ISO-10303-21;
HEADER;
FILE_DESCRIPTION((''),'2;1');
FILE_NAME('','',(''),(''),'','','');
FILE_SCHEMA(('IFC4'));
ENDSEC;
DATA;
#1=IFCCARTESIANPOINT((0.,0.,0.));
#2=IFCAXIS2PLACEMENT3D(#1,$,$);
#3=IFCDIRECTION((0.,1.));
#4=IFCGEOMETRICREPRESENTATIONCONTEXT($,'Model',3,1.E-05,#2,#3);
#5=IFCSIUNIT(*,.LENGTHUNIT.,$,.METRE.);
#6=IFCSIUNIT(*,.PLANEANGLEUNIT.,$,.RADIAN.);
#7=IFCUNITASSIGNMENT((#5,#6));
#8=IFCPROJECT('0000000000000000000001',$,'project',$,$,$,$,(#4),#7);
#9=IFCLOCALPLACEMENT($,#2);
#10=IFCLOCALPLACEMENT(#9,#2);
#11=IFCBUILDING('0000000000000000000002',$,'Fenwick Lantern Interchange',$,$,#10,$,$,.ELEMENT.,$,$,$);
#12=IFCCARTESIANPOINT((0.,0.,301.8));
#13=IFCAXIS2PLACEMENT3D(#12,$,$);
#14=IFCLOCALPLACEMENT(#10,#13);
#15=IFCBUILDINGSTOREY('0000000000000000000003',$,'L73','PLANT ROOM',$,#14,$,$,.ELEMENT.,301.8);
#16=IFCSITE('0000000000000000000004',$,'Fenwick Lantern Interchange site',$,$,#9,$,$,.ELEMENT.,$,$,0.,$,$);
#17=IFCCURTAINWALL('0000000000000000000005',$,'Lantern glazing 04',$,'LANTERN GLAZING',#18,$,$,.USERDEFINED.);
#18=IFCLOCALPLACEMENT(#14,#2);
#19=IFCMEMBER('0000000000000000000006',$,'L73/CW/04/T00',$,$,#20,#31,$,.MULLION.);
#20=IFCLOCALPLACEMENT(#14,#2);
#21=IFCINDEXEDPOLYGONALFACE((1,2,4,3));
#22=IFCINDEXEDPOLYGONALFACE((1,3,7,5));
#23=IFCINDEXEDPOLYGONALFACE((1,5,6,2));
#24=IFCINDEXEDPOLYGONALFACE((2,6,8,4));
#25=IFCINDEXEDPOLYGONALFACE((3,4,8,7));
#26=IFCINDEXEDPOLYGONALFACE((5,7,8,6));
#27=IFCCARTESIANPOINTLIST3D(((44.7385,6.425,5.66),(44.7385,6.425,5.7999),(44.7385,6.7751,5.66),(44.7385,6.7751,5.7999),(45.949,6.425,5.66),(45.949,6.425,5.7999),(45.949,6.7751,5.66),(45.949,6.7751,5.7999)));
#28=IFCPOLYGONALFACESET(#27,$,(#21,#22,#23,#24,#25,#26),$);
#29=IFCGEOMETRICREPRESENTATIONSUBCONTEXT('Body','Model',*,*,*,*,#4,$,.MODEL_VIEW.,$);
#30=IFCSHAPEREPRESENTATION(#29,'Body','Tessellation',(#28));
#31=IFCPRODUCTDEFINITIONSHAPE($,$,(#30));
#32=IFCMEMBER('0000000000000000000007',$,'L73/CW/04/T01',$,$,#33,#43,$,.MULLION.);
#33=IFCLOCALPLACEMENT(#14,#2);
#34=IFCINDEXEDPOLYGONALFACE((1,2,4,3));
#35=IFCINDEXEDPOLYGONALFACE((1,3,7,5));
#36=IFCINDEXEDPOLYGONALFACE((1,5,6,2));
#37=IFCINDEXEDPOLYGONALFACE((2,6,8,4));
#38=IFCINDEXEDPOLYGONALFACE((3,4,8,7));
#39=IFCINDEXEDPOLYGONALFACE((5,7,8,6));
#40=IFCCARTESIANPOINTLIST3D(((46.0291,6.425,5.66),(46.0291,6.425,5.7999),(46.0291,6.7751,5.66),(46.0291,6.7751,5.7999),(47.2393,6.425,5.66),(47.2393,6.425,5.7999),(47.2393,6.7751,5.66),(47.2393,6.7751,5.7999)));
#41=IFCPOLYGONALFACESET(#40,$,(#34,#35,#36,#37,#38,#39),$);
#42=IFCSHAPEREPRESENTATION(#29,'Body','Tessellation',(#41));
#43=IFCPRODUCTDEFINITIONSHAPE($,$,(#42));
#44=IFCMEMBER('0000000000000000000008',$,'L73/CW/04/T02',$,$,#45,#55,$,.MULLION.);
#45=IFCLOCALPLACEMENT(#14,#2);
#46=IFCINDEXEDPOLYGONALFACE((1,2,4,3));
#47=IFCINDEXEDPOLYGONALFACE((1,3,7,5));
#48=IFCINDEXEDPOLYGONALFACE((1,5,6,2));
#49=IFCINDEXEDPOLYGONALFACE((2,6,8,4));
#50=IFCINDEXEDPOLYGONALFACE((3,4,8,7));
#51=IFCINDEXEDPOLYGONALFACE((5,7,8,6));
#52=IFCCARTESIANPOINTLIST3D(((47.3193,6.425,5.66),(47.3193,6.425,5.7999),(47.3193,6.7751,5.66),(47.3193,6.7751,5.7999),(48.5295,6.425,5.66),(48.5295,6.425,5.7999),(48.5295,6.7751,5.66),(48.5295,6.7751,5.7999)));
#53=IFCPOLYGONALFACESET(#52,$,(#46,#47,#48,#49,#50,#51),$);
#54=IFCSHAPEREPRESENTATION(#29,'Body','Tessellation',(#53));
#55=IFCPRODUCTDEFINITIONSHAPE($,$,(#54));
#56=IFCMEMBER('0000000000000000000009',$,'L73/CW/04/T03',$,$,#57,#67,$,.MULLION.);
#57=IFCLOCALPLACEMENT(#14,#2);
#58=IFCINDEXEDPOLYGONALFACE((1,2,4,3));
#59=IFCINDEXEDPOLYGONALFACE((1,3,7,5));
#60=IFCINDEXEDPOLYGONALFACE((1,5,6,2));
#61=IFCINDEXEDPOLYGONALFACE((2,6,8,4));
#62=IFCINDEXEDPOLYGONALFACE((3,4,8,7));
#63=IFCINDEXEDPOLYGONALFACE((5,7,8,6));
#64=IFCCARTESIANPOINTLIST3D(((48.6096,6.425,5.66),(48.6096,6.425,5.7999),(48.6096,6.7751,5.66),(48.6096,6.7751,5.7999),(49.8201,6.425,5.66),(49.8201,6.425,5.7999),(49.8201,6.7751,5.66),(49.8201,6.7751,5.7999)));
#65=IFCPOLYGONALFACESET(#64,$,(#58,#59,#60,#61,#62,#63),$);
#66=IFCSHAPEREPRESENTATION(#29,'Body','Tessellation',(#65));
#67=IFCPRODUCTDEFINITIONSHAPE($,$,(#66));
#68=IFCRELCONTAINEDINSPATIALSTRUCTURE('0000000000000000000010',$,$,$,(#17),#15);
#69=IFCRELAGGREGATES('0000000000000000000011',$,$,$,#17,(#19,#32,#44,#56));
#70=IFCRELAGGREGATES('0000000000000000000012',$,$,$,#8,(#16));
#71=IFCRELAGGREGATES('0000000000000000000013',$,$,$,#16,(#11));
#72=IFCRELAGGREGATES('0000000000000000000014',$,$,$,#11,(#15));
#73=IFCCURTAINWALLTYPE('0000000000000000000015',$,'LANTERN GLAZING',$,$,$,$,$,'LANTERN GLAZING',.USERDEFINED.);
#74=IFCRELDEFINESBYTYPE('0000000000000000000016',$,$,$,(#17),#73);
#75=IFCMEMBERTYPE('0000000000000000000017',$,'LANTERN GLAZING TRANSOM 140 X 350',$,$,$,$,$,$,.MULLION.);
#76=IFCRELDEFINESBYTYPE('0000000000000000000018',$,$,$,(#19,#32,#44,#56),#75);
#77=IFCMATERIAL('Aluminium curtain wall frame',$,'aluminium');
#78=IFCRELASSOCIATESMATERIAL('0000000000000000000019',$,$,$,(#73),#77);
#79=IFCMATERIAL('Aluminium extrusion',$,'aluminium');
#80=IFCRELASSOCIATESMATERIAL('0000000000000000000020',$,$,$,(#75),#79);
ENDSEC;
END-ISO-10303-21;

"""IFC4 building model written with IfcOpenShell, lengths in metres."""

from ifc_helpers import new_model, si_unit, direction, frame, origin, origin_2d, place, context, subcontext, project, spatial, rectangle, extrude, material, material_profile, profile_set, type_object, element, aggregate, save


model = new_model("IFC4")

# Units and contexts
model_context = context("Model", 3, precision=1e-05, world=origin(), true_north=direction((0.0, 1.0)))
body_context = subcontext(model_context, "Body", "Model", "MODEL_VIEW")
ifc_project = project(units=[si_unit("LENGTHUNIT", "METRE"), si_unit("PLANEANGLEUNIT", "RADIAN")], contexts=[model_context])

# Site, building, storey
site_placement = place(None, origin())
site = spatial("IfcSite", under=ifc_project, at=site_placement, Name="Fenwick Lantern Interchange site", CompositionType="ELEMENT", RefElevation=0.0)
building_placement = place(site_placement, origin())
building = spatial("IfcBuilding", under=site, at=building_placement, Name="Fenwick Lantern Interchange", CompositionType="ELEMENT")
storey_placement = place(building_placement, frame((0.0, 0.0, 301.8)))
storey = spatial("IfcBuildingStorey", under=building, at=storey_placement, Name="L73", Description="PLANT ROOM", CompositionType="ELEMENT", Elevation=301.8)

# Curtain wall, members
ifc_material_1 = material(Name="Aluminium curtain wall frame", Category="aluminium")
curtain_wall_type = type_object("IfcCurtainWallType", Name="LANTERN GLAZING", ElementType="LANTERN GLAZING", PredefinedType="USERDEFINED", material=ifc_material_1)
curtain_wall_1_placement = place(storey_placement, origin())
curtain_wall_1 = element("IfcCurtainWall", 1, at=curtain_wall_1_placement, inside=storey, type_object=curtain_wall_type, Name="Lantern glazing 04", ObjectType="LANTERN GLAZING", PredefinedType="USERDEFINED")
ifc_material_2 = material(Name="Aluminium extrusion", Category="aluminium")
ifc_material_profile = material_profile(ifc_material_2, rectangle(XDim=0.3501, YDim=0.1399, at=origin_2d()), Name="LANTERN GLAZING TRANSOM 140 X 350")
ifc_profile_set = profile_set([ifc_material_profile], Name="Aluminium extrusion")
member_type = type_object("IfcMemberType", Name="LANTERN GLAZING TRANSOM 140 X 350", PredefinedType="MULLION", material=ifc_profile_set)
member_1_placement = place(storey_placement, frame((44.7385, 6.6001, 5.73), z_axis=(1.0, 0.0, 0.0), x_axis=(0.0, 1.0, 0.0)))
member_1 = element("IfcMember", 2, at=member_1_placement, type_object=member_type, Name="L73/CW/04/T00", PredefinedType="MULLION", context=body_context, shape_type="SweptSolid", body=[
    extrude(rectangle(XDim=0.3501, YDim=0.1399, at=origin_2d()), origin(), (0.0, 0.0, 1.0), 1.2104),
])
member_2_placement = place(storey_placement, frame((46.0291, 6.6001, 5.73), z_axis=(1.0, 0.0, 0.0), x_axis=(0.0, 1.0, 0.0)))
member_2 = element("IfcMember", 3, at=member_2_placement, type_object=member_type, Name="L73/CW/04/T01", PredefinedType="MULLION", context=body_context, shape_type="SweptSolid", body=[
    extrude(rectangle(XDim=0.3501, YDim=0.1399, at=origin_2d()), origin(), (0.0, 0.0, 1.0), 1.2102),
])
member_3_placement = place(storey_placement, frame((47.3193, 6.6001, 5.73), z_axis=(1.0, 0.0, 0.0), x_axis=(0.0, 1.0, 0.0)))
member_3 = element("IfcMember", 4, at=member_3_placement, type_object=member_type, Name="L73/CW/04/T02", PredefinedType="MULLION", context=body_context, shape_type="SweptSolid", body=[
    extrude(rectangle(XDim=0.3501, YDim=0.1399, at=origin_2d()), origin(), (0.0, 0.0, 1.0), 1.2102),
])
member_4_placement = place(storey_placement, frame((48.6096, 6.6001, 5.73), z_axis=(1.0, 0.0, 0.0), x_axis=(0.0, 1.0, 0.0)))
member_4 = element("IfcMember", 5, at=member_4_placement, type_object=member_type, Name="L73/CW/04/T03", PredefinedType="MULLION", context=body_context, shape_type="SweptSolid", body=[
    extrude(rectangle(XDim=0.3501, YDim=0.1399, at=origin_2d()), origin(), (0.0, 0.0, 1.0), 1.2104),
])
aggregate(curtain_wall_1, [member_1, member_2, member_3, member_4])

save(model, "model.ifc")
